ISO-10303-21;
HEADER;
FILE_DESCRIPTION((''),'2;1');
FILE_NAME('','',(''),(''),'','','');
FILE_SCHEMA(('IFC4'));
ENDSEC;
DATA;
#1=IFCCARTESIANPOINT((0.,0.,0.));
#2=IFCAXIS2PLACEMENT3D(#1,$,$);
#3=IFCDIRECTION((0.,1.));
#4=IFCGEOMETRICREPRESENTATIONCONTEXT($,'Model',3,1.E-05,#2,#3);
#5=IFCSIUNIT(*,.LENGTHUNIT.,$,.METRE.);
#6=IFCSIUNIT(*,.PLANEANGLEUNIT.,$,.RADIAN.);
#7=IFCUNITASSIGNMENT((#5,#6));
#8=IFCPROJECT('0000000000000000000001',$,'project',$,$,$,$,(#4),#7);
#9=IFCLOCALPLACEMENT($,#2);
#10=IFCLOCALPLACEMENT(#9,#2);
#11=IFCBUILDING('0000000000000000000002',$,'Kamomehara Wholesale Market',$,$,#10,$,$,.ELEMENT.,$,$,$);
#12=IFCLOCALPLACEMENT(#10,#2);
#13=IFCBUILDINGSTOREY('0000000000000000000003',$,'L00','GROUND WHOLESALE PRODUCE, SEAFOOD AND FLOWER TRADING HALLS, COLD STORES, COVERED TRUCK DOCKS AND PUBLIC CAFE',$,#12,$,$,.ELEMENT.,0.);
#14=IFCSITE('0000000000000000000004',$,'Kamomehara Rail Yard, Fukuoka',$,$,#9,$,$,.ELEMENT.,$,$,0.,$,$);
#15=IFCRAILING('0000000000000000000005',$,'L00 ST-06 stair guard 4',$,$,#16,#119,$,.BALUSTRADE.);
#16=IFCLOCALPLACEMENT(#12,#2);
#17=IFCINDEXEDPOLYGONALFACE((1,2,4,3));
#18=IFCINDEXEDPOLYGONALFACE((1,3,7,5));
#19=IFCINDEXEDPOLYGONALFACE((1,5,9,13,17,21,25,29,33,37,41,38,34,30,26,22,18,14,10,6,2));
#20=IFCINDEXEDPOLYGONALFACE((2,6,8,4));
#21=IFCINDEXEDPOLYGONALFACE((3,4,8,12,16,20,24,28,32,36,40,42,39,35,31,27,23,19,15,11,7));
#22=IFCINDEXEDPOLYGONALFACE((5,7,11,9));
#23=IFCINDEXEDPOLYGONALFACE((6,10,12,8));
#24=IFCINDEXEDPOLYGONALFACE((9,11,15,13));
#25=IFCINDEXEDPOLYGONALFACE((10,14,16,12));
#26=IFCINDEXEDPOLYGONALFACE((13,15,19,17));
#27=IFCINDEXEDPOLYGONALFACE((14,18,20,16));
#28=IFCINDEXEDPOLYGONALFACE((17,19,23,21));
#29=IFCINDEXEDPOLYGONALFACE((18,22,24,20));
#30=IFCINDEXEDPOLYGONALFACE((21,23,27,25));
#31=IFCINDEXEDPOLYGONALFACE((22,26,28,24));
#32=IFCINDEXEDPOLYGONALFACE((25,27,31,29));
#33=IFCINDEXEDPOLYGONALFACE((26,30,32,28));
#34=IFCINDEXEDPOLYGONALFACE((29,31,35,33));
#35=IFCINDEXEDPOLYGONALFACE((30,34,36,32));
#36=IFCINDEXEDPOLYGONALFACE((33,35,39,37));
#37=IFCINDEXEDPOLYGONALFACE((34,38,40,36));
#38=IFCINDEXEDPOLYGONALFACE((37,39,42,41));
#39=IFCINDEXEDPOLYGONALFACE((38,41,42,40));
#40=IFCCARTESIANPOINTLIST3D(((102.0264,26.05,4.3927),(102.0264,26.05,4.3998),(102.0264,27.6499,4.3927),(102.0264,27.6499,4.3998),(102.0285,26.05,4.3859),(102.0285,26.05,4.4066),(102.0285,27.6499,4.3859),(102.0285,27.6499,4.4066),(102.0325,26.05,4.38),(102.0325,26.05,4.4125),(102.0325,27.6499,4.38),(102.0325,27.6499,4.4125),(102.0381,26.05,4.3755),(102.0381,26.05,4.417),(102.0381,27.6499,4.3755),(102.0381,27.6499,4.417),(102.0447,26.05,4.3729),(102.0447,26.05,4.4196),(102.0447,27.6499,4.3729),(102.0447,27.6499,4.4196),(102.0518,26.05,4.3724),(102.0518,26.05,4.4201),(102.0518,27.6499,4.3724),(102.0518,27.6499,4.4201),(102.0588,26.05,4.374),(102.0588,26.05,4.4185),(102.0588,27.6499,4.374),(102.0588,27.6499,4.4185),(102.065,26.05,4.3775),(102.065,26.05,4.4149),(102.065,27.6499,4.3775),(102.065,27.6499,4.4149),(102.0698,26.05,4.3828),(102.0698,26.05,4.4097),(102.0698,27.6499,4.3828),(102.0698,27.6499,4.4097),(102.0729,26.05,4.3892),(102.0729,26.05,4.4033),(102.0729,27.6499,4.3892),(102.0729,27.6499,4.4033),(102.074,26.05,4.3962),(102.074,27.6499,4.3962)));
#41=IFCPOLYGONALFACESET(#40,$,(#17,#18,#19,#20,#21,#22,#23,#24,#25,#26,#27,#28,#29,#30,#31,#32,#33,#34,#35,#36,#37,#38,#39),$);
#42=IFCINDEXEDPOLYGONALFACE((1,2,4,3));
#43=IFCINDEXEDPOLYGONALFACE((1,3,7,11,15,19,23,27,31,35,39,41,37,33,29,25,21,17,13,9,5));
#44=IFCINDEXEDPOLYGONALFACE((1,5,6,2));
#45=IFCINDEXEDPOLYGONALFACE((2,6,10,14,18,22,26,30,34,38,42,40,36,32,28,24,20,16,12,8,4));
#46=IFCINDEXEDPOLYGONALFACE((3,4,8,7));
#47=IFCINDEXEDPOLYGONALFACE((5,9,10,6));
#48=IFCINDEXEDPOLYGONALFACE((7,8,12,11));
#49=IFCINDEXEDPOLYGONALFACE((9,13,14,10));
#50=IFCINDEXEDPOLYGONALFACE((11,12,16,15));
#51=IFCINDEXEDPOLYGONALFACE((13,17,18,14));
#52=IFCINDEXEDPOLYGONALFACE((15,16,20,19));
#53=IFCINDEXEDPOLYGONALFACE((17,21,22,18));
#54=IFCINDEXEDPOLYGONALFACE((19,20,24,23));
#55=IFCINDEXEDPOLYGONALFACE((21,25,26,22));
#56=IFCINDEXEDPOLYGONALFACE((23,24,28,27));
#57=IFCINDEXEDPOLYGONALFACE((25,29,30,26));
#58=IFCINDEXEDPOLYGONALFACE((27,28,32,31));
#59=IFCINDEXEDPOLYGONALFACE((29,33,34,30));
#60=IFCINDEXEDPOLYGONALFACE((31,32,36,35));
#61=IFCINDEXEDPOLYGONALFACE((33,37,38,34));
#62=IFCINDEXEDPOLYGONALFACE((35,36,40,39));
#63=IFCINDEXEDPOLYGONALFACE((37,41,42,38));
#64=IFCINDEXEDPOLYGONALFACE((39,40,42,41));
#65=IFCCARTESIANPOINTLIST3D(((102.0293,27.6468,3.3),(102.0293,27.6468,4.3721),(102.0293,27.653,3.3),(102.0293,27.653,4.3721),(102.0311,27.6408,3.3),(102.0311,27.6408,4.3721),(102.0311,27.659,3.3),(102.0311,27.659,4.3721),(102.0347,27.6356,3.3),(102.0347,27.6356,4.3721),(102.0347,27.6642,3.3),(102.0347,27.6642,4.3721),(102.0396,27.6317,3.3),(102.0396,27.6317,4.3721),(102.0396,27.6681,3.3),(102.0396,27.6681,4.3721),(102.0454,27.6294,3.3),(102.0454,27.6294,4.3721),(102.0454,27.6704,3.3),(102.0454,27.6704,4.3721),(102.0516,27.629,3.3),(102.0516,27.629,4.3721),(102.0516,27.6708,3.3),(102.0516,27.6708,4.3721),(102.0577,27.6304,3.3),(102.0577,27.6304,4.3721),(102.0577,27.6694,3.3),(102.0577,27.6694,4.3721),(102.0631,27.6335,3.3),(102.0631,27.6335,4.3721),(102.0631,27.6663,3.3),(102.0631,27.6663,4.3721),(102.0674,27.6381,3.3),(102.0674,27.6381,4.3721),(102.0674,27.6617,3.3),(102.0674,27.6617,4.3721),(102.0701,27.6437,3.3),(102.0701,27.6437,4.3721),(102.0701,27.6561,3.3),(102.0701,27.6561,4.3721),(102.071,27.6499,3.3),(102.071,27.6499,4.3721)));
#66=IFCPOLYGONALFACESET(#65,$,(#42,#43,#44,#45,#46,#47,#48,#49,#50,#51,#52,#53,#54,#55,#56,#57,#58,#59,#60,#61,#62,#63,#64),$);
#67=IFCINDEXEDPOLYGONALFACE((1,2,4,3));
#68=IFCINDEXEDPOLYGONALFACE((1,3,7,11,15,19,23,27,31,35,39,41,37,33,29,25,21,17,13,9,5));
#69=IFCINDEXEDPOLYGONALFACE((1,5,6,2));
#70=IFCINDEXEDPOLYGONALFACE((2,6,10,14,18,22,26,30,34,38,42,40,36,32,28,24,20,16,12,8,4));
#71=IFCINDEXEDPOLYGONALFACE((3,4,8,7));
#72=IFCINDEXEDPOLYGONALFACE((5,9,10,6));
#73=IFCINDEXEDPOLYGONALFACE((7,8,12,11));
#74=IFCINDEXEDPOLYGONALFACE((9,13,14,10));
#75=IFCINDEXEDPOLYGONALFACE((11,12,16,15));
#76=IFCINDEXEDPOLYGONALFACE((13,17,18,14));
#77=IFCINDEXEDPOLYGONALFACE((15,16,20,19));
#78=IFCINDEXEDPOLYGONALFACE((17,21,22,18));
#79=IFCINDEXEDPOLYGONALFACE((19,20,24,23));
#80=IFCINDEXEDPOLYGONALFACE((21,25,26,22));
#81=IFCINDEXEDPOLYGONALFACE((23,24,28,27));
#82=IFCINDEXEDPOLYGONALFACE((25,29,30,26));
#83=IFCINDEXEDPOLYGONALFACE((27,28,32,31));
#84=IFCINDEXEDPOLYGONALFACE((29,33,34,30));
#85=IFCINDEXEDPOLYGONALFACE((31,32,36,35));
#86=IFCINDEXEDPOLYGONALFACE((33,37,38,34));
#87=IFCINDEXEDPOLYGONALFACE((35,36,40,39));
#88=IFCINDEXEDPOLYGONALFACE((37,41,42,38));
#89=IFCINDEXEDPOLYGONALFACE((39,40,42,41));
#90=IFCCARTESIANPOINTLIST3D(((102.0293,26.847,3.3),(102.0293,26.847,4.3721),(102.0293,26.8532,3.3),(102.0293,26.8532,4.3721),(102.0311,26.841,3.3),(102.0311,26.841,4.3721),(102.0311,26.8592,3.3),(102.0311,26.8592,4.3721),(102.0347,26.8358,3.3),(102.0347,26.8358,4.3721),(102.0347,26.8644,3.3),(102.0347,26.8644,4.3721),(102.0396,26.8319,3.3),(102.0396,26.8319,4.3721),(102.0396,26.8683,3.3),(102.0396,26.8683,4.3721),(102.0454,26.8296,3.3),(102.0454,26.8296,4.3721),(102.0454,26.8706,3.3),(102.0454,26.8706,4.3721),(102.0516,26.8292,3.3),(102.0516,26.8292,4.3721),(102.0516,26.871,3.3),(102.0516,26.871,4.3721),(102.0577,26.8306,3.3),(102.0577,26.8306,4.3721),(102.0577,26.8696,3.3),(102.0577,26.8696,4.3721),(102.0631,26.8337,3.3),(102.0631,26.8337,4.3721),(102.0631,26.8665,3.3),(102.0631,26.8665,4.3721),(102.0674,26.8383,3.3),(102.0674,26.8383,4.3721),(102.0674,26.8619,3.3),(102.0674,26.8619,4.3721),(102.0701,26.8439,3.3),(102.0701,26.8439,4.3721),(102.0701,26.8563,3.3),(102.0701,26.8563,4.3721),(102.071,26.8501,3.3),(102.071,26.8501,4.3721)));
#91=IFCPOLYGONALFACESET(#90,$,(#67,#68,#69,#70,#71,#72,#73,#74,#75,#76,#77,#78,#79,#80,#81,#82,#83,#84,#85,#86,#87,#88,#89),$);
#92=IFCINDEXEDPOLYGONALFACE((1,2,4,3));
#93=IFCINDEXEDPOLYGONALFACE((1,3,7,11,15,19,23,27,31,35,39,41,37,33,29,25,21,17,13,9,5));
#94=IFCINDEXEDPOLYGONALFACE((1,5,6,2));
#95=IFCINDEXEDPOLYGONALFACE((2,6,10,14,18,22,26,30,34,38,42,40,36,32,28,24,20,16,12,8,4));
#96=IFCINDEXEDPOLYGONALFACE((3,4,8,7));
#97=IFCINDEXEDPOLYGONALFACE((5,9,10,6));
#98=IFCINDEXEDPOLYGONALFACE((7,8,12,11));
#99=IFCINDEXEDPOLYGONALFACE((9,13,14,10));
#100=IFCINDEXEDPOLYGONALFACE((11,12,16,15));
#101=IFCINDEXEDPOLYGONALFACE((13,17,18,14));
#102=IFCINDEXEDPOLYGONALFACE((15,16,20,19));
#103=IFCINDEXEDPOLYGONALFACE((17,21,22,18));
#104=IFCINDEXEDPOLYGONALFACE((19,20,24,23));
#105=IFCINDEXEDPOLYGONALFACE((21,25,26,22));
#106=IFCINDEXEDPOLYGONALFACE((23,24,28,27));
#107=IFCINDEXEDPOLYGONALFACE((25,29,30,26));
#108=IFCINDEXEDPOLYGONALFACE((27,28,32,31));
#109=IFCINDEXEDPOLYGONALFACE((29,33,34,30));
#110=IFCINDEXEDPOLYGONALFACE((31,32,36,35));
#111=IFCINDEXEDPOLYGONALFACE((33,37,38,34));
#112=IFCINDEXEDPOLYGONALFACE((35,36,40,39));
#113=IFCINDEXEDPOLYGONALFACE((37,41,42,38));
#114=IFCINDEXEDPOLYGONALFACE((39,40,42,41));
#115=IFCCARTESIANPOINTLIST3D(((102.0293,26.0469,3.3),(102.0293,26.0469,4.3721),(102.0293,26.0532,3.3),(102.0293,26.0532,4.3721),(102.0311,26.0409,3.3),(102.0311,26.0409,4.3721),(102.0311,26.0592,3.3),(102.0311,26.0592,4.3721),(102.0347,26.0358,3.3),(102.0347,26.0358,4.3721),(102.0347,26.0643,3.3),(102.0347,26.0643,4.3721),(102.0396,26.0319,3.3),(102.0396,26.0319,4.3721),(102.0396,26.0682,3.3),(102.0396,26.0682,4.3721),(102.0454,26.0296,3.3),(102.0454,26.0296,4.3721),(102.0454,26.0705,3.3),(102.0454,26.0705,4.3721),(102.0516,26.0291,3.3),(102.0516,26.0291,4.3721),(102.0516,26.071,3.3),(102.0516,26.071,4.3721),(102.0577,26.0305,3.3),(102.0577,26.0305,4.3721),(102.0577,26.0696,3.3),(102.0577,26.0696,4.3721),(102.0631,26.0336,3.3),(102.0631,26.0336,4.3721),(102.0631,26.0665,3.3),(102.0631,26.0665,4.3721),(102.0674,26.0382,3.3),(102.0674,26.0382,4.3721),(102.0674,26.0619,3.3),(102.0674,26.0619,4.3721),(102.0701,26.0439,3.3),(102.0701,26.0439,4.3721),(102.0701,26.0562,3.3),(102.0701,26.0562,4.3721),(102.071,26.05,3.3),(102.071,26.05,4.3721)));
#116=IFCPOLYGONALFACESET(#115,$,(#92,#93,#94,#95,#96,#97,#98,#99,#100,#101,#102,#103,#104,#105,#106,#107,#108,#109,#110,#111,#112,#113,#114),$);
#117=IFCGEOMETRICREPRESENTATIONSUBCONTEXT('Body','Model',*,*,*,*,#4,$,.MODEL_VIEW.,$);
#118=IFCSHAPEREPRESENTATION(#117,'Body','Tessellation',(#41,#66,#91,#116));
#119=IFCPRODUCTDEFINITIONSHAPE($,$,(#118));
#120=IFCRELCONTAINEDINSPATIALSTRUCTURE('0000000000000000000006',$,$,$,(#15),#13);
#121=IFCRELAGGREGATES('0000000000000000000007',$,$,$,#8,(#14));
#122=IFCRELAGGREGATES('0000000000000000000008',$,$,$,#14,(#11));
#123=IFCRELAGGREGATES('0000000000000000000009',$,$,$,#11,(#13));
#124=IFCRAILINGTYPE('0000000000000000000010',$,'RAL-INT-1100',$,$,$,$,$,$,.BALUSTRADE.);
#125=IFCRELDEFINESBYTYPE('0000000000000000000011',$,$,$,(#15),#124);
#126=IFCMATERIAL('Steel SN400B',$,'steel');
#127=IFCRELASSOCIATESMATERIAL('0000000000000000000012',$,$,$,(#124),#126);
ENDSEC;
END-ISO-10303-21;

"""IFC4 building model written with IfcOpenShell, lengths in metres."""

from ifc_helpers import new_model, si_unit, direction, frame, origin, origin_2d, place, context, subcontext, project, spatial, circle, extrude, material, type_object, element, save


model = new_model("IFC4")

# Units and contexts
model_context = context("Model", 3, precision=1e-05, world=origin(), true_north=direction((0.0, 1.0)))
body_context = subcontext(model_context, "Body", "Model", "MODEL_VIEW")
ifc_project = project(units=[si_unit("LENGTHUNIT", "METRE"), si_unit("PLANEANGLEUNIT", "RADIAN")], contexts=[model_context])

# Site, building, storey
site_placement = place(None, origin())
site = spatial("IfcSite", under=ifc_project, at=site_placement, Name="Kamomehara Rail Yard, Fukuoka", CompositionType="ELEMENT", RefElevation=0.0)
building_placement = place(site_placement, origin())
building = spatial("IfcBuilding", under=site, at=building_placement, Name="Kamomehara Wholesale Market", CompositionType="ELEMENT")
storey_placement = place(building_placement, origin())
storey = spatial("IfcBuildingStorey", under=building, at=storey_placement, Name="L00", Description="GROUND WHOLESALE PRODUCE, SEAFOOD AND FLOWER TRADING HALLS, COLD STORES, COVERED TRUCK DOCKS AND PUBLIC CAFE", CompositionType="ELEMENT", Elevation=0.0)

# Railing
ifc_material_1 = material(Name="Steel SN400B", Category="steel")
railing_type_1 = type_object("IfcRailingType", Name="RAL-INT-1100", PredefinedType="BALUSTRADE", material=ifc_material_1)
for number, where, name in (
    (1, (102.05, 27.6499, 3.3), "L00 ST-06 stair guard 4"),
):
    element("IfcRailing", number, at=place(storey_placement, frame(where)), inside=storey, type_object=railing_type_1, Name=name, PredefinedType="BALUSTRADE", context=body_context, shape_type="SweptSolid", body=[
        extrude(circle(Radius=0.0239, at=origin_2d()), frame((0.0, 0.0, 1.0962), z_axis=(0.0, -1.0, 0.0), x_axis=(1.0, 0.0, 0.0)), (0.0, 0.0, 1.0), 1.5999),
        extrude(circle(Radius=0.021, at=origin_2d()), origin(), (0.0, 0.0, 1.0), 1.072),
        extrude(circle(Radius=0.021, at=origin_2d()), frame((0.0, -0.7998, 0.0)), (0.0, 0.0, 1.0), 1.072),
        extrude(circle(Radius=0.021, at=origin_2d()), frame((0.0, -1.5999, 0.0)), (0.0, 0.0, 1.0), 1.072),
    ])

save(model, "model.ifc")
